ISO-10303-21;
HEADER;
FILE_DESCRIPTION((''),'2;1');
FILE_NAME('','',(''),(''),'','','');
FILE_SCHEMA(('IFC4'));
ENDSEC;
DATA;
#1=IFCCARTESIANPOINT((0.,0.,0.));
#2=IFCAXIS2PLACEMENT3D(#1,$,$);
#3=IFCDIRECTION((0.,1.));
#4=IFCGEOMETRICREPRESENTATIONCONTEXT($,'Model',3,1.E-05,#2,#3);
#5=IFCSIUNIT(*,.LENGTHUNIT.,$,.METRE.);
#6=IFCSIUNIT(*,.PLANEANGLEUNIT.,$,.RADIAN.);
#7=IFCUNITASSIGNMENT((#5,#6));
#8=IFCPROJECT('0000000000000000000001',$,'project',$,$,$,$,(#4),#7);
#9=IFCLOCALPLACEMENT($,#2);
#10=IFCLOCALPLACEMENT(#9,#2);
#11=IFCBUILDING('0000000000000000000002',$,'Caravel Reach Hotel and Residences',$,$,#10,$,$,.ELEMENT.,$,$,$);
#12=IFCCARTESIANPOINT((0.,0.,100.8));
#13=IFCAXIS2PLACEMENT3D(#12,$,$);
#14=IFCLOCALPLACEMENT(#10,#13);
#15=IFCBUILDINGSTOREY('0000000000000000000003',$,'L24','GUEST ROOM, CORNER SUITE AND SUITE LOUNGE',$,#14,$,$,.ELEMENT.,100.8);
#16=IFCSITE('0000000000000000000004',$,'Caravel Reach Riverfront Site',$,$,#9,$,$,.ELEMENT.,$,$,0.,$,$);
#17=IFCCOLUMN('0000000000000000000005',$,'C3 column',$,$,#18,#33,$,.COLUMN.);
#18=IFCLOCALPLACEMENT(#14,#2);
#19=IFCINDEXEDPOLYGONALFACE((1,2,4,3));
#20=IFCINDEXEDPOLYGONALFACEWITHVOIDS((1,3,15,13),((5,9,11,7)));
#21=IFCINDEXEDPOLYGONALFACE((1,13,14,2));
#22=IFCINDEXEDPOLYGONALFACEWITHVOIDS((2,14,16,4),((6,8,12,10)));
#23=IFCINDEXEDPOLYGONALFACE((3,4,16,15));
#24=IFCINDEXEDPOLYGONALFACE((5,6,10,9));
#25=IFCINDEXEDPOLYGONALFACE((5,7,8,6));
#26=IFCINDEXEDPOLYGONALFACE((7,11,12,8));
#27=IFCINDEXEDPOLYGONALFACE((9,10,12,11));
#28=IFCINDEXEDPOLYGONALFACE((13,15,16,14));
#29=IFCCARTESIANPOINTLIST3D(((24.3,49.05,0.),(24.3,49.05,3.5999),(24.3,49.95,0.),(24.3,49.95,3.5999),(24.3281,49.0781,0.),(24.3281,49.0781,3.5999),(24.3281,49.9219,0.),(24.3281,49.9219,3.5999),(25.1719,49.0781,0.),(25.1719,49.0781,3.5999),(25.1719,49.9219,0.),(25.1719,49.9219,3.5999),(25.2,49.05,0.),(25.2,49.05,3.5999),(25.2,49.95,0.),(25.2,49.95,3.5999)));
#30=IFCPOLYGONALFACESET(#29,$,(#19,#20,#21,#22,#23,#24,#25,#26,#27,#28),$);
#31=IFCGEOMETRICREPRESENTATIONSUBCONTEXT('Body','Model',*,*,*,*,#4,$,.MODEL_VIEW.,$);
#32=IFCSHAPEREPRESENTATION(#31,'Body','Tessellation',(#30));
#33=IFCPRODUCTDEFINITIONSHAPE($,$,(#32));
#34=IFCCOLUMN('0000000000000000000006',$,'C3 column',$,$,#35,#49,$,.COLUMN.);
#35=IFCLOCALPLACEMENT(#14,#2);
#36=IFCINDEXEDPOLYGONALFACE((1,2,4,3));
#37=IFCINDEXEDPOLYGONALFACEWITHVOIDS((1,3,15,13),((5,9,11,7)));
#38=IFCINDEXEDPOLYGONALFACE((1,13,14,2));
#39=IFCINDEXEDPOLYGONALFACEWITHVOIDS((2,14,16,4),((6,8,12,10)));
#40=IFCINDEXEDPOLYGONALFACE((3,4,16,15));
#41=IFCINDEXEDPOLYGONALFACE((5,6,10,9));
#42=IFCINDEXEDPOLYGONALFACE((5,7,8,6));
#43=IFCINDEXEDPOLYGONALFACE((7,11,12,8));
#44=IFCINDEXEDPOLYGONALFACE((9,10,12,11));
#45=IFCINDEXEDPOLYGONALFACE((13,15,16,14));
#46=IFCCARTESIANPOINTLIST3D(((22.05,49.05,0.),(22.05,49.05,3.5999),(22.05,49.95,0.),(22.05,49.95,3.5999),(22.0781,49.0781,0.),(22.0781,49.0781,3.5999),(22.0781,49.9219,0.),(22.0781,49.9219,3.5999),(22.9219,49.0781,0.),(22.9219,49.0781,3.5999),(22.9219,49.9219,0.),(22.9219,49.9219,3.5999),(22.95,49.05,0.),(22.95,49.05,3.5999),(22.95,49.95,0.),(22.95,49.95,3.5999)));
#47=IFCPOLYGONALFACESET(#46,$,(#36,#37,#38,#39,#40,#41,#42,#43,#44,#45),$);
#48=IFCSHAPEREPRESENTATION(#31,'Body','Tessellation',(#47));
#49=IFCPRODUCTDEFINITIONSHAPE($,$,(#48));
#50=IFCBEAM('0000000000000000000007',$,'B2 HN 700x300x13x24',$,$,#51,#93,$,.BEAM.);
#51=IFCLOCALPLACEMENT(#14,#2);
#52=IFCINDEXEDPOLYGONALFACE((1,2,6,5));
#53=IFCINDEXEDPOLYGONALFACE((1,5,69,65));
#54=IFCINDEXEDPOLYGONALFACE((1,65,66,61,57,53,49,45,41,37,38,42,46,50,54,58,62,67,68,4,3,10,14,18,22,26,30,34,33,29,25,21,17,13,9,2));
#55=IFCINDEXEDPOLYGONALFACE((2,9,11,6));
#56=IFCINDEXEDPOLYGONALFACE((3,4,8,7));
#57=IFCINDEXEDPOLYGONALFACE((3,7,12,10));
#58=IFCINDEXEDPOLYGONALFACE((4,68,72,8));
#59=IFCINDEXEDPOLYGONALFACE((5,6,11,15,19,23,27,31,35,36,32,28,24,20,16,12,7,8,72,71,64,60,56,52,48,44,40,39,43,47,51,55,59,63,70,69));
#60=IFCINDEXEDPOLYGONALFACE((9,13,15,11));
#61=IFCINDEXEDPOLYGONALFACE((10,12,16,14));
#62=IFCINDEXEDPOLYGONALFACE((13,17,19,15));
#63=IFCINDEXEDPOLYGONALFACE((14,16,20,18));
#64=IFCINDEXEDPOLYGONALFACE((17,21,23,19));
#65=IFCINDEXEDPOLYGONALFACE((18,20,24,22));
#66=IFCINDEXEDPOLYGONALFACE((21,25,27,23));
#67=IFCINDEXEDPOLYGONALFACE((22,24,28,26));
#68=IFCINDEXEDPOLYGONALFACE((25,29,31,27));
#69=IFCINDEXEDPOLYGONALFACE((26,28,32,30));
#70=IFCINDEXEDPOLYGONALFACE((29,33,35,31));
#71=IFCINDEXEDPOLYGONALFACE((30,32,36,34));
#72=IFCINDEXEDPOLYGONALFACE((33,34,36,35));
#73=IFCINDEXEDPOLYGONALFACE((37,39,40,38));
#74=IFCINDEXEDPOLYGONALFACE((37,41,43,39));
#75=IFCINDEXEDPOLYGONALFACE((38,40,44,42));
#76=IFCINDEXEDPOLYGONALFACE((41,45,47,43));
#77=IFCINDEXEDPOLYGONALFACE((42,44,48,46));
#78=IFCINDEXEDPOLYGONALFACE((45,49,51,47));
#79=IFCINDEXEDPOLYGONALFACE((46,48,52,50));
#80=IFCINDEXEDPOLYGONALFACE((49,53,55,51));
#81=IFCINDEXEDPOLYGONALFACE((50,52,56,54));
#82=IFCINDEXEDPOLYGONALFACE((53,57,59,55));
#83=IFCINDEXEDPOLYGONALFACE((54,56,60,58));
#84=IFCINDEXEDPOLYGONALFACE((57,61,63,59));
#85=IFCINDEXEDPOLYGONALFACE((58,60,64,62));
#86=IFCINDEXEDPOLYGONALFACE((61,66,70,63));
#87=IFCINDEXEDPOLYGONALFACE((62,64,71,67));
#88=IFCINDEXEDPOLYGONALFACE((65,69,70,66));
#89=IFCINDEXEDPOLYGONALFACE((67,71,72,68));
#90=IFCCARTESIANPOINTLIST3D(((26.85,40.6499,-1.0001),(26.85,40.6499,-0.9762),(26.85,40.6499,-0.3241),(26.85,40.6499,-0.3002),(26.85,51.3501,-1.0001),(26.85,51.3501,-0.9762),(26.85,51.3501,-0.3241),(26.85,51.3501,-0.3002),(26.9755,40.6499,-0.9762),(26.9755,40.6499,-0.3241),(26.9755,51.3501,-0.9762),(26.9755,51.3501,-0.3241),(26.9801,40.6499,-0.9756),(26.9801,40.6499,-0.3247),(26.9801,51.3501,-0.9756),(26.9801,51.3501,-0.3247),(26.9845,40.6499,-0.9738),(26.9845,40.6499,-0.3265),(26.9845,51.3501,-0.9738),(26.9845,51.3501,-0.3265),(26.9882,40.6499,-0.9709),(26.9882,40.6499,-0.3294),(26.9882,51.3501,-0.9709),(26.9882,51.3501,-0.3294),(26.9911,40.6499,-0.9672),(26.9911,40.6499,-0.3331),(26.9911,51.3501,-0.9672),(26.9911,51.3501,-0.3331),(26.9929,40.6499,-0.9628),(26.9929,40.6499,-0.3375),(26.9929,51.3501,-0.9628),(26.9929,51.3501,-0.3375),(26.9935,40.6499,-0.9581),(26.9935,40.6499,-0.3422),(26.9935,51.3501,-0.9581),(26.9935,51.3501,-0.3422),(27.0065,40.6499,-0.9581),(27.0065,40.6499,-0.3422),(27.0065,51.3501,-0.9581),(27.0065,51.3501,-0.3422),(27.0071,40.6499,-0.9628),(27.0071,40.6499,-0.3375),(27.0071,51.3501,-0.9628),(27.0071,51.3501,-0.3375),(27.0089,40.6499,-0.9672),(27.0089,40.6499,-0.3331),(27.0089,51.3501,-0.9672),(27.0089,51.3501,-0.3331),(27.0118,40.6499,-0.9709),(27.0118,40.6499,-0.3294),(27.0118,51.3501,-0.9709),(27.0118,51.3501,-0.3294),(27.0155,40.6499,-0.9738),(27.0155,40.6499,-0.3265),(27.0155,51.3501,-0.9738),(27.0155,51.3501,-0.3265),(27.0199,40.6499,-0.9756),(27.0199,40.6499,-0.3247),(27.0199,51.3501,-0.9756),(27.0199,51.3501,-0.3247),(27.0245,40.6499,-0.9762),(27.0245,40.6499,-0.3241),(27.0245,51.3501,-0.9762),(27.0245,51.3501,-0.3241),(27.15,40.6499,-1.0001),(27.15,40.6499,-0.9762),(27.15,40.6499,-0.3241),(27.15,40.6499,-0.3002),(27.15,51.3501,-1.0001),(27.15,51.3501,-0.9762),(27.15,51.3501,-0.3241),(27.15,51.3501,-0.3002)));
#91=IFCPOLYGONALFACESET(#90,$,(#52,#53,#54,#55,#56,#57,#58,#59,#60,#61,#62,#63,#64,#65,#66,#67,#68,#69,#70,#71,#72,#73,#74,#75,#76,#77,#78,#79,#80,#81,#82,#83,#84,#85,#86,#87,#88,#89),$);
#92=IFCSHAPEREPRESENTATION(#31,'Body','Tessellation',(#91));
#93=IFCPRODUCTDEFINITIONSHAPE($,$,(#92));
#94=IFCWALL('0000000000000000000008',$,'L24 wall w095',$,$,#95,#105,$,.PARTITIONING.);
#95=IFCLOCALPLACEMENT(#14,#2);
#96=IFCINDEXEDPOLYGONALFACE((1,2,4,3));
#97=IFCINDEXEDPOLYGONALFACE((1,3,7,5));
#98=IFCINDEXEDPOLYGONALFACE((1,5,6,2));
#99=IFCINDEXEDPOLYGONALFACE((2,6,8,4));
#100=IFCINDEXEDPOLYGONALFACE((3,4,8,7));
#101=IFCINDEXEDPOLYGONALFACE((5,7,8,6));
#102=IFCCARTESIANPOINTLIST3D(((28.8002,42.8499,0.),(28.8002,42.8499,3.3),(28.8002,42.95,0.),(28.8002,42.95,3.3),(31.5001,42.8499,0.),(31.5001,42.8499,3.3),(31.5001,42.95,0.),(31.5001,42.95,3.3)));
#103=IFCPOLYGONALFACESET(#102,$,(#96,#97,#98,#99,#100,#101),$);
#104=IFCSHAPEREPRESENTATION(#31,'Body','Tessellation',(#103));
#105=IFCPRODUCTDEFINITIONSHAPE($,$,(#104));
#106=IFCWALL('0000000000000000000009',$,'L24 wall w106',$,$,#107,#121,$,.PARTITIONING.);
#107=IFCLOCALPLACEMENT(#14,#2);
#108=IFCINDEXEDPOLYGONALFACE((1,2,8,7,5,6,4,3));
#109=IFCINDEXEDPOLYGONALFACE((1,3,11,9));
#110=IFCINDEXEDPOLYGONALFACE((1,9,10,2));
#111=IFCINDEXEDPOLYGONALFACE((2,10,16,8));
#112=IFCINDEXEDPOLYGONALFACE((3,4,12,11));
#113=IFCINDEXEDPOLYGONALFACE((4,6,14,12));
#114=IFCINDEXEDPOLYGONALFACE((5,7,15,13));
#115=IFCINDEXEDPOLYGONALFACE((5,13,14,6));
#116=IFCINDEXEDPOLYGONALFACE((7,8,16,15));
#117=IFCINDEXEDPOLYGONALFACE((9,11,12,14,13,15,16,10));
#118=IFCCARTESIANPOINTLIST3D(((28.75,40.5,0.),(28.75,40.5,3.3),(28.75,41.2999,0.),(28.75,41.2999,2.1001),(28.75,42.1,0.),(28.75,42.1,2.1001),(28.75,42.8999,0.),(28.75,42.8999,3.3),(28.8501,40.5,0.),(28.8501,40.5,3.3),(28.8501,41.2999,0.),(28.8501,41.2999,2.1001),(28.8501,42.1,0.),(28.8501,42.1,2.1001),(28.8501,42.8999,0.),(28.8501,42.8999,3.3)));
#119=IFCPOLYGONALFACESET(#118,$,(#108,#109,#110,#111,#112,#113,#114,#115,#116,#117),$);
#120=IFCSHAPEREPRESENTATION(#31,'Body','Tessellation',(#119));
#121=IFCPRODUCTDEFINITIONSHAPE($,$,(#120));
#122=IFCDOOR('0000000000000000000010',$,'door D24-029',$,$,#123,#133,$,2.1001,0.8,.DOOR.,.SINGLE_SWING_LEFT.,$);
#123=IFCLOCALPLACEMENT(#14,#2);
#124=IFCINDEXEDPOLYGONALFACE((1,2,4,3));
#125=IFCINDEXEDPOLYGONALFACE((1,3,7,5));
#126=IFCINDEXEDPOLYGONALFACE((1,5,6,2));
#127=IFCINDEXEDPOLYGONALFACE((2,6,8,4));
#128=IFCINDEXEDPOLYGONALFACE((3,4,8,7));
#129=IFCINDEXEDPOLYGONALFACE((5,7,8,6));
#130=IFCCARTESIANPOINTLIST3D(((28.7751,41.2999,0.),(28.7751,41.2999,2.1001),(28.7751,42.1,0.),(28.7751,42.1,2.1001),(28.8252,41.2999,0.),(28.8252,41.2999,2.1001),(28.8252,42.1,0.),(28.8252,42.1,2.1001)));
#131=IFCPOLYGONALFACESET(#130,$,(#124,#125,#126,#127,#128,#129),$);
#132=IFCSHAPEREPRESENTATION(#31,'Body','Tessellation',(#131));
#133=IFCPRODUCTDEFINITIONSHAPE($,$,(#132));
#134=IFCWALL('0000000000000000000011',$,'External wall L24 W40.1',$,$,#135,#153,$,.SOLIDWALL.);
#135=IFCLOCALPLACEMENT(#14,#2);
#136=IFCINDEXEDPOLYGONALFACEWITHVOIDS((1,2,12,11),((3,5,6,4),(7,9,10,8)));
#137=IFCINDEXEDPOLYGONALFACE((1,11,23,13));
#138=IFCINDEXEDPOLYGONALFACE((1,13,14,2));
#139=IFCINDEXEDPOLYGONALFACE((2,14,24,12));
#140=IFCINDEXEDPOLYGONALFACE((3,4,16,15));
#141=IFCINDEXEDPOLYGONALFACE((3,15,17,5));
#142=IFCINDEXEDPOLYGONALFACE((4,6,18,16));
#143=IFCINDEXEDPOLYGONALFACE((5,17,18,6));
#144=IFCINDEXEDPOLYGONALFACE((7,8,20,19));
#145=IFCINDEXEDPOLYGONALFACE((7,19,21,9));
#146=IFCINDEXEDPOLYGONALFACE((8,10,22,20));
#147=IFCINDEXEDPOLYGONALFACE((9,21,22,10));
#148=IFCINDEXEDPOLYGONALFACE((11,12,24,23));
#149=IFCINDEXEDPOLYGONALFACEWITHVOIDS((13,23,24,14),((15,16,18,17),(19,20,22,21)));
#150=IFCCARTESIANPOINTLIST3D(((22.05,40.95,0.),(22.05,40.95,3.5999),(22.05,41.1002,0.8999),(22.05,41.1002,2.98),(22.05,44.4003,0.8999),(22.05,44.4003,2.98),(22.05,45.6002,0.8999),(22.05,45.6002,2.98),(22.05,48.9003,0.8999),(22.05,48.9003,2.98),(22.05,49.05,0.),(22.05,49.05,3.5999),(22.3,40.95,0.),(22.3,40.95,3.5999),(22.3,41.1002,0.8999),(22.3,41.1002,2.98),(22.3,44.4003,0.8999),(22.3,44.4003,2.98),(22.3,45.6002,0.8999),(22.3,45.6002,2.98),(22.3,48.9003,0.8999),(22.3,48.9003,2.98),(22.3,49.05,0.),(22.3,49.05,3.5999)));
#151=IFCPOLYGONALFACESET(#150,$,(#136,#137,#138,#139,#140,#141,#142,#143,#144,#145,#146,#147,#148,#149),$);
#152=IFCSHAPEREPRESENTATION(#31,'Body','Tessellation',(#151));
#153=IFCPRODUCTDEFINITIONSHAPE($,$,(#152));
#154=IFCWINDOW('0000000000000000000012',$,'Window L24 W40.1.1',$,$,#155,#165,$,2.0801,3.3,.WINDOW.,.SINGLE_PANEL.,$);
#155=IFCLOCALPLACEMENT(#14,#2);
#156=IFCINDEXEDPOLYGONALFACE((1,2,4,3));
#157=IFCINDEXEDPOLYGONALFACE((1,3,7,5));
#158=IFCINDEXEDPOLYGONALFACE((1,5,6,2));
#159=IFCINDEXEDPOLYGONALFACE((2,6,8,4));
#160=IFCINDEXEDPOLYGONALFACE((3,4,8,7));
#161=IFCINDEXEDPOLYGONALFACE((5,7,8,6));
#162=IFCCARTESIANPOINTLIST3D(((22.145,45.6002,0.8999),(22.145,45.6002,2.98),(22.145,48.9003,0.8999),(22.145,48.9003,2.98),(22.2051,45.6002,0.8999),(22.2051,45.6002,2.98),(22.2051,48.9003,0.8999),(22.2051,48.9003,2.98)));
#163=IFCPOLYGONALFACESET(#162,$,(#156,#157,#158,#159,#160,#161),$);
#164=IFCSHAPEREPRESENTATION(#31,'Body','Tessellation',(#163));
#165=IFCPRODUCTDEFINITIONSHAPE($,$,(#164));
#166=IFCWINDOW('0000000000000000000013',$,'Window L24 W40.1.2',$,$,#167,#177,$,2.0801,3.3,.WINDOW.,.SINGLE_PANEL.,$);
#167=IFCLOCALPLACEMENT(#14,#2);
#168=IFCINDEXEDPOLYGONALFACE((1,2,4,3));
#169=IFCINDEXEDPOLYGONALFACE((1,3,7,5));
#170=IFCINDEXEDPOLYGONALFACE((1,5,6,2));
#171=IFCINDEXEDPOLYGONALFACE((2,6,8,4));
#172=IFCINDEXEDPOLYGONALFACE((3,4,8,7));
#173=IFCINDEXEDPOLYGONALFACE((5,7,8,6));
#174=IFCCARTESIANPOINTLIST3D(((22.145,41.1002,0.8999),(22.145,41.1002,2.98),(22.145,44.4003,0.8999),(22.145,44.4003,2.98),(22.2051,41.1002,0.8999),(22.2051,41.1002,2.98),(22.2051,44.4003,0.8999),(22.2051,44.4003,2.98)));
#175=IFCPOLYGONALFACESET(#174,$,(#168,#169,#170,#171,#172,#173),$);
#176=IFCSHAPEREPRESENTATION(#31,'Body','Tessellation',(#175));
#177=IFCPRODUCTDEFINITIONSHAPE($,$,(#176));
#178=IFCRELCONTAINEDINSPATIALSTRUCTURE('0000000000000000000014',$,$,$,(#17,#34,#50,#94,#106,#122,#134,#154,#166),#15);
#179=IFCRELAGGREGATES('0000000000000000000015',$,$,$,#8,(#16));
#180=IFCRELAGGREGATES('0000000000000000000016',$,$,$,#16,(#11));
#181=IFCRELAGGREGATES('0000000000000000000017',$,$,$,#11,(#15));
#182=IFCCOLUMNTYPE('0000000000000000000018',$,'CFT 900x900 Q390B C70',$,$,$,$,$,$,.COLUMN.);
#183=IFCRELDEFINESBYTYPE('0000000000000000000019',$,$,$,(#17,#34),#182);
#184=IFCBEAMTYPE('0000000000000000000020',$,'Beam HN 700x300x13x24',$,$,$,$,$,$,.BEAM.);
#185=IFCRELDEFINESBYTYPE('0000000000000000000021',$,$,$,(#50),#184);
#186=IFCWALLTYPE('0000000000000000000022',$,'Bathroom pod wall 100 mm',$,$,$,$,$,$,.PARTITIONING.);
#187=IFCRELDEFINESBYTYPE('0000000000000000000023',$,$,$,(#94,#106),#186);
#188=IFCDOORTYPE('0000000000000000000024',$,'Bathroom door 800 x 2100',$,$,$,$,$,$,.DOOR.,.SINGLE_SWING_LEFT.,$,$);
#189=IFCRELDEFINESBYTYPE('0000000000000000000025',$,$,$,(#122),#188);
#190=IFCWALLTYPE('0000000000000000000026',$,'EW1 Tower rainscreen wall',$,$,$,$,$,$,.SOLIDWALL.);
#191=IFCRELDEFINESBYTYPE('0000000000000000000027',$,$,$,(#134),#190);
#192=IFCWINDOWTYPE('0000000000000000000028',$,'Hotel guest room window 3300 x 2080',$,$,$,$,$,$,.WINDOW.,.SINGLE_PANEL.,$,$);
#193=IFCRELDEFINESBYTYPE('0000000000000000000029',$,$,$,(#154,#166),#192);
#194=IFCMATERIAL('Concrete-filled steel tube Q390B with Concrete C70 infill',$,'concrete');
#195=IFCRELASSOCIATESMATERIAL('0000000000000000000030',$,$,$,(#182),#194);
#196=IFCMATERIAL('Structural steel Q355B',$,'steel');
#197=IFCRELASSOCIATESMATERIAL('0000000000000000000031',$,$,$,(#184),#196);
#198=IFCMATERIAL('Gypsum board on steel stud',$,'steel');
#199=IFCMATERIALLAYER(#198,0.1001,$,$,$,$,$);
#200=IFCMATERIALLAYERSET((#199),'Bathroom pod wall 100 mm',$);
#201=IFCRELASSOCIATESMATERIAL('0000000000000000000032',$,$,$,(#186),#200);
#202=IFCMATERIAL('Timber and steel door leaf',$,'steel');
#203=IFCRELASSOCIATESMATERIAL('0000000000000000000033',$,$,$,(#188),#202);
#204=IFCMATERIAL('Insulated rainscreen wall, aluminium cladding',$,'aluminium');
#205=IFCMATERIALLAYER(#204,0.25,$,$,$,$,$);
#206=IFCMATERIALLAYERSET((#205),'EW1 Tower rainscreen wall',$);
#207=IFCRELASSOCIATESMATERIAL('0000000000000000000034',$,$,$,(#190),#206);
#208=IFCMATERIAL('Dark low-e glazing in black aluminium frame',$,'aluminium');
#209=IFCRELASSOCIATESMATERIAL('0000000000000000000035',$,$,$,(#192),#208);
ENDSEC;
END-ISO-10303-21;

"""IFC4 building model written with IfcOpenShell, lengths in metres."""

from ifc_helpers import new_model, si_unit, direction, frame, frame_2d, origin, origin_2d, place, context, subcontext, project, spatial, rectangle, hollow_rectangle, i_section, extrude, material, layer, layer_set, material_profile, profile_set, type_object, element, fill, save


model = new_model("IFC4")

# Units and contexts
model_context = context("Model", 3, precision=1e-05, world=origin(), true_north=direction((0.0, 1.0)))
body_context = subcontext(model_context, "Body", "Model", "MODEL_VIEW")
ifc_project = project(units=[si_unit("LENGTHUNIT", "METRE"), si_unit("PLANEANGLEUNIT", "RADIAN")], contexts=[model_context])

# Site, building, storey
site_placement = place(None, origin())
site = spatial("IfcSite", under=ifc_project, at=site_placement, Name="Caravel Reach Riverfront Site", CompositionType="ELEMENT", RefElevation=0.0)
building_placement = place(site_placement, origin())
building = spatial("IfcBuilding", under=site, at=building_placement, Name="Caravel Reach Hotel and Residences", CompositionType="ELEMENT")
storey_placement = place(building_placement, frame((0.0, 0.0, 100.8)))
storey = spatial("IfcBuildingStorey", under=building, at=storey_placement, Name="L24", Description="GUEST ROOM, CORNER SUITE AND SUITE LOUNGE", CompositionType="ELEMENT", Elevation=100.8)

# Columns
ifc_material_1 = material(Name="Concrete-filled steel tube Q390B with Concrete C70 infill", Category="concrete")
ifc_material_profile_1 = material_profile(ifc_material_1, hollow_rectangle(XDim=0.8999, YDim=0.8999, WallThickness=0.0281, at=origin_2d()), Name="RHS 900x900x28")
ifc_profile_set_1 = profile_set([ifc_material_profile_1], Name="Concrete-filled steel tube Q390B with Concrete C70 infill")
column_type = type_object("IfcColumnType", Name="CFT 900x900 Q390B C70", PredefinedType="COLUMN", material=ifc_profile_set_1)
for number, where, z_axis, x_axis, name in (
    (1, (24.75, 49.5, 0.0), (0.0, 0.0, 1.0), (1.0, 0.0, 0.0), "C3 column"),
    (2, (22.5, 49.5, 0.0), (0.0, 0.0, 1.0), (1.0, 0.0, 0.0), "C3 column"),
):
    element("IfcColumn", number, at=place(storey_placement, frame(where, z_axis=z_axis, x_axis=x_axis)), inside=storey, type_object=column_type, Name=name, PredefinedType="COLUMN", context=body_context, shape_type="SweptSolid", body=[
        extrude(hollow_rectangle(XDim=0.8999, YDim=0.8999, WallThickness=0.0281, at=origin_2d()), origin(), (0.0, 0.0, 1.0), 3.5999),
    ])

# Beam
ifc_material_2 = material(Name="Structural steel Q355B", Category="steel")
ifc_material_profile_2 = material_profile(ifc_material_2, i_section(OverallWidth=0.3, OverallDepth=0.7, WebThickness=0.0129, FlangeThickness=0.0239, FilletRadius=0.0181, at=origin_2d()), Name="HN 700x300x13x24")
ifc_profile_set_2 = profile_set([ifc_material_profile_2], Name="Structural steel Q355B")
beam_type = type_object("IfcBeamType", Name="Beam HN 700x300x13x24", PredefinedType="BEAM", material=ifc_profile_set_2)
beam_placement = place(storey_placement, frame((27.0, 40.6499, -0.6501), z_axis=(0.0, 1.0, 0.0), x_axis=(-1.0, 0.0, 0.0)))
element("IfcBeam", 3, at=beam_placement, inside=storey, type_object=beam_type, Name="B2 HN 700x300x13x24", PredefinedType="BEAM", context=body_context, shape_type="SweptSolid", body=[
    extrude(i_section(OverallWidth=0.3, OverallDepth=0.7, WebThickness=0.0129, FlangeThickness=0.0239, FilletRadius=0.0181, at=origin_2d()), origin(), (0.0, 0.0, 1.0), 10.7002),
])

# Wall
ifc_material_3 = material(Name="Gypsum board on steel stud", Category="steel")
ifc_layer_1 = layer(ifc_material_3, 0.1001)
ifc_layer_set_1 = layer_set([ifc_layer_1], Name="Bathroom pod wall 100 mm")
wall_type_1 = type_object("IfcWallType", Name="Bathroom pod wall 100 mm", PredefinedType="PARTITIONING", material=ifc_layer_set_1)
wall_1_placement = place(storey_placement, frame((28.8, 42.8999, 0.0), z_axis=(0.0, 0.0, 1.0), x_axis=(1.0, 0.0, 0.0)))
element("IfcWall", 4, at=wall_1_placement, inside=storey, type_object=wall_type_1, Name="L24 wall w095", PredefinedType="PARTITIONING", context=body_context, shape_type="SweptSolid", body=[
    extrude(rectangle(XDim=2.7, YDim=0.1001, at=frame_2d((1.3501, 0.0))), origin(), (0.0, 0.0, 1.0), 3.3),
])

# Wall, opening, door
wall_2_placement = place(storey_placement, frame((28.8, 40.5, 0.0), z_axis=(0.0, 0.0, 1.0), x_axis=(0.0, 1.0, 0.0)))
wall_2 = element("IfcWall", 5, at=wall_2_placement, inside=storey, type_object=wall_type_1, Name="L24 wall w106", PredefinedType="PARTITIONING", context=body_context, shape_type="SweptSolid", body=[
    extrude(rectangle(XDim=2.3999, YDim=0.1001, at=frame_2d((1.2, 0.0))), origin(), (0.0, 0.0, 1.0), 3.3),
])
opening_1_placement = place(wall_2_placement, frame((0.8, 0.0, 0.0)))
opening_1 = element("IfcOpeningElement", 6, at=opening_1_placement, cuts=wall_2, PredefinedType="OPENING", context=body_context, shape_type="SweptSolid", body=[
    extrude(rectangle(XDim=0.8, YDim=2.1001, at=frame_2d((0.3999, 1.05))), frame((0.0, 0.0601, 0.0), z_axis=(0.0, -1.0, 0.0), x_axis=(1.0, 0.0, 0.0)), (0.0, 0.0, 1.0), 0.1201),
])
ifc_material_4 = material(Name="Timber and steel door leaf", Category="steel")
door_type = type_object("IfcDoorType", Name="Bathroom door 800 x 2100", OperationType="SINGLE_SWING_LEFT", PredefinedType="DOOR", material=ifc_material_4)
door_placement = place(opening_1_placement, origin())
door = element("IfcDoor", 7, at=door_placement, inside=storey, type_object=door_type, Name="door D24-029", OperationType="SINGLE_SWING_LEFT", OverallHeight=2.1001, OverallWidth=0.8, PredefinedType="DOOR", context=body_context, shape_type="SweptSolid", body=[
    extrude(rectangle(XDim=0.8, YDim=2.1001, at=frame_2d((0.3999, 1.05))), frame((0.0, 0.0249, 0.0), z_axis=(0.0, -1.0, 0.0), x_axis=(1.0, 0.0, 0.0)), (0.0, 0.0, 1.0), 0.05),
])
fill(opening_1, door)

# Wall, openings, windows
ifc_material_5 = material(Name="Insulated rainscreen wall, aluminium cladding", Category="aluminium")
ifc_layer_2 = layer(ifc_material_5, 0.25)
ifc_layer_set_2 = layer_set([ifc_layer_2], Name="EW1 Tower rainscreen wall")
wall_type_2 = type_object("IfcWallType", Name="EW1 Tower rainscreen wall", PredefinedType="SOLIDWALL", material=ifc_layer_set_2)
wall_3_placement = place(storey_placement, frame((22.175, 49.05, 0.0), z_axis=(0.0, 0.0, 1.0), x_axis=(0.0, -1.0, 0.0)))
wall_3 = element("IfcWall", 8, at=wall_3_placement, inside=storey, type_object=wall_type_2, Name="External wall L24 W40.1", PredefinedType="SOLIDWALL", context=body_context, shape_type="SweptSolid", body=[
    extrude(rectangle(XDim=8.1001, YDim=0.25, at=frame_2d((4.05, 0.0))), origin(), (0.0, 0.0, 1.0), 3.5999),
])
opening_2_placement = place(wall_3_placement, frame((0.1499, 0.0, 0.8999)))
opening_2 = element("IfcOpeningElement", 9, at=opening_2_placement, cuts=wall_3, PredefinedType="OPENING", context=body_context, shape_type="SweptSolid", body=[
    extrude(rectangle(XDim=3.3, YDim=2.0801, at=frame_2d((1.6499, 1.04))), frame((0.0, 0.135, 0.0), z_axis=(0.0, -1.0, 0.0), x_axis=(1.0, 0.0, 0.0)), (0.0, 0.0, 1.0), 0.27),
])
opening_3_placement = place(wall_3_placement, frame((4.6499, 0.0, 0.8999)))
opening_3 = element("IfcOpeningElement", 10, at=opening_3_placement, cuts=wall_3, PredefinedType="OPENING", context=body_context, shape_type="SweptSolid", body=[
    extrude(rectangle(XDim=3.3, YDim=2.0801, at=frame_2d((1.6499, 1.04))), frame((0.0, 0.135, 0.0), z_axis=(0.0, -1.0, 0.0), x_axis=(1.0, 0.0, 0.0)), (0.0, 0.0, 1.0), 0.27),
])
ifc_material_6 = material(Name="Dark low-e glazing in black aluminium frame", Category="aluminium")
window_type = type_object("IfcWindowType", Name="Hotel guest room window 3300 x 2080", PartitioningType="SINGLE_PANEL", PredefinedType="WINDOW", material=ifc_material_6)
window_1_placement = place(opening_2_placement, origin())
window_1 = element("IfcWindow", 11, at=window_1_placement, inside=storey, type_object=window_type, Name="Window L24 W40.1.1", OverallHeight=2.0801, OverallWidth=3.3, PartitioningType="SINGLE_PANEL", PredefinedType="WINDOW", context=body_context, shape_type="SweptSolid", body=[
    extrude(rectangle(XDim=3.3, YDim=2.0801, at=frame_2d((1.6499, 1.04))), frame((0.0, 0.03, 0.0), z_axis=(0.0, -1.0, 0.0), x_axis=(1.0, 0.0, 0.0)), (0.0, 0.0, 1.0), 0.0601),
])
fill(opening_2, window_1)
window_2_placement = place(opening_3_placement, origin())
window_2 = element("IfcWindow", 12, at=window_2_placement, inside=storey, type_object=window_type, Name="Window L24 W40.1.2", OverallHeight=2.0801, OverallWidth=3.3, PartitioningType="SINGLE_PANEL", PredefinedType="WINDOW", context=body_context, shape_type="SweptSolid", body=[
    extrude(rectangle(XDim=3.3, YDim=2.0801, at=frame_2d((1.6499, 1.04))), frame((0.0, 0.03, 0.0), z_axis=(0.0, -1.0, 0.0), x_axis=(1.0, 0.0, 0.0)), (0.0, 0.0, 1.0), 0.0601),
])
fill(opening_3, window_2)

save(model, "model.ifc")
